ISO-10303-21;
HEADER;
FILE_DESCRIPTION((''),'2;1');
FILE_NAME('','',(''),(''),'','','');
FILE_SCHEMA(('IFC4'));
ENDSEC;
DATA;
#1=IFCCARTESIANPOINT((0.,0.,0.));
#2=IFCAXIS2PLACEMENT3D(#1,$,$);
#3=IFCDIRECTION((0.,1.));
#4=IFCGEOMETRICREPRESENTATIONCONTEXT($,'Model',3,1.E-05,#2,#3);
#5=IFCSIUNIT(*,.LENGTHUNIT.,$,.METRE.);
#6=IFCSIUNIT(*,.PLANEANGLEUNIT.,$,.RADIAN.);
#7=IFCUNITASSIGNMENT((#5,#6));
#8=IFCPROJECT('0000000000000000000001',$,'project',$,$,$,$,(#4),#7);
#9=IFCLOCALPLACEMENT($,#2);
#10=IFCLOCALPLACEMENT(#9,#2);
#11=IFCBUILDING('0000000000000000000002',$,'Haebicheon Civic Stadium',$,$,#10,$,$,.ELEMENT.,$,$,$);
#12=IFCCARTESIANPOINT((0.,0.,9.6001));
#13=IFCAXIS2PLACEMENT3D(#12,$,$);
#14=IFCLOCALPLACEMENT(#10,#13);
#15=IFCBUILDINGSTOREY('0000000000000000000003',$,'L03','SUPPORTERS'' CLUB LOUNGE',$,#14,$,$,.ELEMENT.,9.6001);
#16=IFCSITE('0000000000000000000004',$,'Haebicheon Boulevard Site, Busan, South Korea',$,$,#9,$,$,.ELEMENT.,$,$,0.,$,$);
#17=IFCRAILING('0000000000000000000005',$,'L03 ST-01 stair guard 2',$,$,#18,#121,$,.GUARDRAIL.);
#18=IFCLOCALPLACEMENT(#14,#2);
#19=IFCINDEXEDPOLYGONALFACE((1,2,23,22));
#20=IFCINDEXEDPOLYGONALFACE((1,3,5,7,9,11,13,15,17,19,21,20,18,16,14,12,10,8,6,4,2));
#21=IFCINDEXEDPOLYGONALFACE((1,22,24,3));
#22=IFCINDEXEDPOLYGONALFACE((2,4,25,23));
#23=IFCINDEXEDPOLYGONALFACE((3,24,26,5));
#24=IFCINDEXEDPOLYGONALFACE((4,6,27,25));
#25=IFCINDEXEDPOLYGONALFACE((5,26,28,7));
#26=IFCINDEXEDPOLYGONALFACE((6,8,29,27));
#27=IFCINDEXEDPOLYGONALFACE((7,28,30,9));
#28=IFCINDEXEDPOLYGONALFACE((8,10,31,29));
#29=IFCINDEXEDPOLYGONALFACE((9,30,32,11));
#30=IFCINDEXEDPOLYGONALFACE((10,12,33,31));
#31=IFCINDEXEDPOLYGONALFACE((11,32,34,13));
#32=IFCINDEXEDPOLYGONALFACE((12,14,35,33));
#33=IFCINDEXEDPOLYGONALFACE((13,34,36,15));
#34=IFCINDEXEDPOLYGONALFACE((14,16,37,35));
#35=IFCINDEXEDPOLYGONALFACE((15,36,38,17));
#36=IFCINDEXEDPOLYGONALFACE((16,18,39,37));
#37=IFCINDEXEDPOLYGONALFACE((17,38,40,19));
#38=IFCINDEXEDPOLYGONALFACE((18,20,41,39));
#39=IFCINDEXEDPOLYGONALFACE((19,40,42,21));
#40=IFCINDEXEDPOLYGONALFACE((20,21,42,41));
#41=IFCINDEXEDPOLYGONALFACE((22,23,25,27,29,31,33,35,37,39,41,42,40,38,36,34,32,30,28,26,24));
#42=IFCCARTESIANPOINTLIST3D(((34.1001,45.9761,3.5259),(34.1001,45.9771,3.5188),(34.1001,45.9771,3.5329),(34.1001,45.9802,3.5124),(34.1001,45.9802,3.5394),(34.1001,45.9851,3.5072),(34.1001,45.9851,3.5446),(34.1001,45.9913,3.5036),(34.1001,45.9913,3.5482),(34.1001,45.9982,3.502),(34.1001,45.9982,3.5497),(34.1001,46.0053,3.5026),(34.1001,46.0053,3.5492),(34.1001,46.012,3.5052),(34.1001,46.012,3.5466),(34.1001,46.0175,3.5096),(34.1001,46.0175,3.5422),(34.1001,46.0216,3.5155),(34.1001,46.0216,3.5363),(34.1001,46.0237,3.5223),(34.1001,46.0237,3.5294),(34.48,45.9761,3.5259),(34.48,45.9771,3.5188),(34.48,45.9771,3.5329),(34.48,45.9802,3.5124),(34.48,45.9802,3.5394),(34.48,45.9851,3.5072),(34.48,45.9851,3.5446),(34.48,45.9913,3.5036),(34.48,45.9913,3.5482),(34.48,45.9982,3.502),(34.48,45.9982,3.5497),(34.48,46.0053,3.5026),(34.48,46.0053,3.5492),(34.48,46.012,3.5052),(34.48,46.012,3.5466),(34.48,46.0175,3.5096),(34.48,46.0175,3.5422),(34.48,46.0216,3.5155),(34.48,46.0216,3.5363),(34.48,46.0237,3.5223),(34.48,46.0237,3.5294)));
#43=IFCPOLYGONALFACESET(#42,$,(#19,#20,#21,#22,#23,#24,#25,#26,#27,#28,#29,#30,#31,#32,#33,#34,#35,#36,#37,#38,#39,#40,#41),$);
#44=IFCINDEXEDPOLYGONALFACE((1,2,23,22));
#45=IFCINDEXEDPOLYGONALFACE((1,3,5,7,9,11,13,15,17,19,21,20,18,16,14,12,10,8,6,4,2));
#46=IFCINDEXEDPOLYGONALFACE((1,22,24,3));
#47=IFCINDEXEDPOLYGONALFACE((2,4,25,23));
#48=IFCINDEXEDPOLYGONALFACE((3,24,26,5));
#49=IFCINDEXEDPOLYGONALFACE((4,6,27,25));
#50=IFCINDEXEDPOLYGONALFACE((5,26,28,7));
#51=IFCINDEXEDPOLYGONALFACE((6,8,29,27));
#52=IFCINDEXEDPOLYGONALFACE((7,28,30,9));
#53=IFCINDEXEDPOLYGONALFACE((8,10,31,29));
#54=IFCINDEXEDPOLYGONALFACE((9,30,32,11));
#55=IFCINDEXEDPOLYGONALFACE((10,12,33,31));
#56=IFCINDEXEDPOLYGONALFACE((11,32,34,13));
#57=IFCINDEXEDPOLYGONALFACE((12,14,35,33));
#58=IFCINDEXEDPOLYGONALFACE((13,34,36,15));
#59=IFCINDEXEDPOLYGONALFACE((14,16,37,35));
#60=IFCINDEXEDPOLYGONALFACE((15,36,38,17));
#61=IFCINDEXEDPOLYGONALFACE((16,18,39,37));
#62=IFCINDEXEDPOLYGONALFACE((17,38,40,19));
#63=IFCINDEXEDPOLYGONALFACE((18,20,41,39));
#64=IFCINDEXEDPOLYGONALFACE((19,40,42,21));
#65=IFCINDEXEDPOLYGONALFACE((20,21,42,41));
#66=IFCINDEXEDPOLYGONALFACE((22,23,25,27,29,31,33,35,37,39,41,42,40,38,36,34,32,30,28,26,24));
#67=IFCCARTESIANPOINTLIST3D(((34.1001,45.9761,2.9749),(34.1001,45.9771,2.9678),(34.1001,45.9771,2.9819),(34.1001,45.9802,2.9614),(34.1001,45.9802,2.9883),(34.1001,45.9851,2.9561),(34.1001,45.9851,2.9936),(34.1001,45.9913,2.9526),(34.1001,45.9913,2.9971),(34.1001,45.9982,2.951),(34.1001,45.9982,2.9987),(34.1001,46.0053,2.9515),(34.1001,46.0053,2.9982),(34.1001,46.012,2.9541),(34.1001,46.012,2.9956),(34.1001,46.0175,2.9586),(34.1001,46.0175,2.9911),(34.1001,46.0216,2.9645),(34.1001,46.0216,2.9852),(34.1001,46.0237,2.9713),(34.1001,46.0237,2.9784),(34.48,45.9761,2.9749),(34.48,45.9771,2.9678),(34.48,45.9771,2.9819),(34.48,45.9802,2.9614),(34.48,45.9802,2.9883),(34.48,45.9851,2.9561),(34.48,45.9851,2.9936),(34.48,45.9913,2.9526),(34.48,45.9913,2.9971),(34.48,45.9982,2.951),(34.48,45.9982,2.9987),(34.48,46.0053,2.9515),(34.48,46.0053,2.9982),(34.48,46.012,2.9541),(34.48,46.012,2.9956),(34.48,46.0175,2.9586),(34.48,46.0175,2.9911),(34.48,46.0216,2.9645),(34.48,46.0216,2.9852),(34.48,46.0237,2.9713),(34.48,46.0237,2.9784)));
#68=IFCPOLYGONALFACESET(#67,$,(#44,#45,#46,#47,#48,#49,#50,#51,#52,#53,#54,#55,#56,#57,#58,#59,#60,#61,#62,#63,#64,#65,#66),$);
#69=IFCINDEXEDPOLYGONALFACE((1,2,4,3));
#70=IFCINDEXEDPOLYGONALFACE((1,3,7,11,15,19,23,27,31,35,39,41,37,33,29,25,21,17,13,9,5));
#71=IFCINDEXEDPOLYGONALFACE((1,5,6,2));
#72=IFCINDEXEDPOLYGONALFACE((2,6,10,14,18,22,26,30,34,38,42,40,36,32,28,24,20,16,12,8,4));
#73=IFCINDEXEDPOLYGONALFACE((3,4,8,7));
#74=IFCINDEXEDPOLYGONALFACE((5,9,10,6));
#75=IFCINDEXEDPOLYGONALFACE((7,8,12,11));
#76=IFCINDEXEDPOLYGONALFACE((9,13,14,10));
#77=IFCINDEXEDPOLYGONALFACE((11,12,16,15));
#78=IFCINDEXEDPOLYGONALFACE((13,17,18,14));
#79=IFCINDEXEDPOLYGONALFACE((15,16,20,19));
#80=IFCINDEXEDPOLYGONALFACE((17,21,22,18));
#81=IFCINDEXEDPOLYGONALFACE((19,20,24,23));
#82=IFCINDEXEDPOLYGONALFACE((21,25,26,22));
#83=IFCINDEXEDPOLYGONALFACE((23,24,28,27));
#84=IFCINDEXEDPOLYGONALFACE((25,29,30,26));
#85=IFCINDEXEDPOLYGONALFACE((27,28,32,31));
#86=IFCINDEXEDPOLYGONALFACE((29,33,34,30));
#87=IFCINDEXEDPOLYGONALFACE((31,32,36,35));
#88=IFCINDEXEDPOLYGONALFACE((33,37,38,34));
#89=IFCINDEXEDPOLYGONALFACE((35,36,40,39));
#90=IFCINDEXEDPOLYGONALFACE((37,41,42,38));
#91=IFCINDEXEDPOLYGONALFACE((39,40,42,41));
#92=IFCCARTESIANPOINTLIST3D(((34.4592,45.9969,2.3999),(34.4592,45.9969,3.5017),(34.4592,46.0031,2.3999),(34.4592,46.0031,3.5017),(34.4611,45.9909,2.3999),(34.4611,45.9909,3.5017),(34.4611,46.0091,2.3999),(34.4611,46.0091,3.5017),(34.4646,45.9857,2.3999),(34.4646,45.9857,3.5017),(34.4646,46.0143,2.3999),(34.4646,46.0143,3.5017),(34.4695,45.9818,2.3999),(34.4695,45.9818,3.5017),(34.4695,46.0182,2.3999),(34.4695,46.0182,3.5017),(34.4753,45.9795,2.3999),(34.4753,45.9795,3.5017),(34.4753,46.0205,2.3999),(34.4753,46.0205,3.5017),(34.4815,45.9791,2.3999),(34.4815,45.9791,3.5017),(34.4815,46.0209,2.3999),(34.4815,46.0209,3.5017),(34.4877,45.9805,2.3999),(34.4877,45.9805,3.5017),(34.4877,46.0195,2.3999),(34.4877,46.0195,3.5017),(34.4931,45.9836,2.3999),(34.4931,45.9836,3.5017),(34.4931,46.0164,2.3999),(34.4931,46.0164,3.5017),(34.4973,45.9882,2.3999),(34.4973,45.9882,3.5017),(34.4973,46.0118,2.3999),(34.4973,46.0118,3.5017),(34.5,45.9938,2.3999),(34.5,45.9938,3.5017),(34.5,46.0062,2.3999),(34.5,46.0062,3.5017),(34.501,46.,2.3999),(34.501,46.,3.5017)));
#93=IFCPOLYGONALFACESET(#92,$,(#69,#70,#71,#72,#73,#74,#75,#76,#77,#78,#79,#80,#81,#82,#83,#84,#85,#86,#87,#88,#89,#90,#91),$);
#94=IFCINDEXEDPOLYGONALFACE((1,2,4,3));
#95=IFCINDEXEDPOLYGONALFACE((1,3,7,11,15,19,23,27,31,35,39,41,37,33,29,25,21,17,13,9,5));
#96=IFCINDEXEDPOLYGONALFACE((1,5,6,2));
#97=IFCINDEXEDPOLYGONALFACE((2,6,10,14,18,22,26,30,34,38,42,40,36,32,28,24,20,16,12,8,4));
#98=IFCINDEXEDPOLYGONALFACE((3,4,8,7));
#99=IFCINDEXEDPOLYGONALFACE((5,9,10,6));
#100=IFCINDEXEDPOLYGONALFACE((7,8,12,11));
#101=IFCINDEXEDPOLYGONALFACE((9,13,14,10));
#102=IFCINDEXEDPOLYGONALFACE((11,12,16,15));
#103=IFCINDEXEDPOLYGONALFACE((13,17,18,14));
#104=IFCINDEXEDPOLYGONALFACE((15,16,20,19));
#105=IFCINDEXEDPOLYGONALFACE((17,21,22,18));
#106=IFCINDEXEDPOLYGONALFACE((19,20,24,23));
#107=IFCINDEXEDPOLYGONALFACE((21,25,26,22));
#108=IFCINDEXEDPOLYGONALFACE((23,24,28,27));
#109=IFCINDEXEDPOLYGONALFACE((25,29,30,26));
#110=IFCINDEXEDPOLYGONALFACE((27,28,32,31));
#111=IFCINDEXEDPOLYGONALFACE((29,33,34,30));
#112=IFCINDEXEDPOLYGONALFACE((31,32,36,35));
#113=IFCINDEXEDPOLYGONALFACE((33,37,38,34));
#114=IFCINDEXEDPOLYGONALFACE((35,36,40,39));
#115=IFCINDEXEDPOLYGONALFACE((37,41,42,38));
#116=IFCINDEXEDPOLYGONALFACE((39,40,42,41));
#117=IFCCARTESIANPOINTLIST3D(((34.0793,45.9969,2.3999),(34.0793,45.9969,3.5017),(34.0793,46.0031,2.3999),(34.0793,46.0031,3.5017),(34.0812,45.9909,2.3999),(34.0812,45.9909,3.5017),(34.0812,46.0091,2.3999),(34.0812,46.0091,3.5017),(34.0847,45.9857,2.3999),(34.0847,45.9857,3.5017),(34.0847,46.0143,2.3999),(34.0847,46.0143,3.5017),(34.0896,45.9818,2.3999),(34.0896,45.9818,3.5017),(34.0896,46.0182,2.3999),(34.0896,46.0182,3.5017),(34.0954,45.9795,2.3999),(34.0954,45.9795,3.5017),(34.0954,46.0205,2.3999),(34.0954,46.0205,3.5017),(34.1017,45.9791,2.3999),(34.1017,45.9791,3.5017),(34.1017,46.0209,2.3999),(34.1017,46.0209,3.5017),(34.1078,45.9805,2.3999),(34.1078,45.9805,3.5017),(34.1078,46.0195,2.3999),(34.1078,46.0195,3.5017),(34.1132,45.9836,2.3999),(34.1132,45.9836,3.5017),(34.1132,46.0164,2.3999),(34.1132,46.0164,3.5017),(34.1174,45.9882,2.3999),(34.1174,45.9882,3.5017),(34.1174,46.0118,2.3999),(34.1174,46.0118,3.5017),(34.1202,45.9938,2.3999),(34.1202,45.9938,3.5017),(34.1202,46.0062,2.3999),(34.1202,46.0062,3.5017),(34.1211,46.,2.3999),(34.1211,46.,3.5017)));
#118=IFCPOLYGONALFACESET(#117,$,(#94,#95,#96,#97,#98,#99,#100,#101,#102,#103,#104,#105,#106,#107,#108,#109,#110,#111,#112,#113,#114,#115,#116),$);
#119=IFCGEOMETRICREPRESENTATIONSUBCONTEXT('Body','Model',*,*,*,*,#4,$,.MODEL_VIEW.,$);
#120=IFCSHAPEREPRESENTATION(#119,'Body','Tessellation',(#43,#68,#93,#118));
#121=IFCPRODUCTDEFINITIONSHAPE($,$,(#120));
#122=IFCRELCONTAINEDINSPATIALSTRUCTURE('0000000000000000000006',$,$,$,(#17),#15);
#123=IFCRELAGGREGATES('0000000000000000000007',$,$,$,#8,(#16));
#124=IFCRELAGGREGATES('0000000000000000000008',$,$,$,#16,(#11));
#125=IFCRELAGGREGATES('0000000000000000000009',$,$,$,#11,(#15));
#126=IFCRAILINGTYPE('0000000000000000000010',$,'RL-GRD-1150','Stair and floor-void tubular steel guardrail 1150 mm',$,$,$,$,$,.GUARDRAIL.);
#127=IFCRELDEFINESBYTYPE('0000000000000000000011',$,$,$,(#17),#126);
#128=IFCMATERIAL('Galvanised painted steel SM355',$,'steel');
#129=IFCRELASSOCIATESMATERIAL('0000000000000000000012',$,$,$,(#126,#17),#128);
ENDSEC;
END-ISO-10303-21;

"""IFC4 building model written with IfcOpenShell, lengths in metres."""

from ifc_helpers import new_model, si_unit, direction, frame, origin, origin_2d, place, context, subcontext, project, spatial, circle, extrude, material, type_object, element, save


model = new_model("IFC4")

# Units and contexts
model_context = context("Model", 3, precision=1e-05, world=origin(), true_north=direction((0.0, 1.0)))
body_context = subcontext(model_context, "Body", "Model", "MODEL_VIEW")
ifc_project = project(units=[si_unit("LENGTHUNIT", "METRE"), si_unit("PLANEANGLEUNIT", "RADIAN")], contexts=[model_context])

# Site, building, storey
site_placement = place(None, origin())
site = spatial("IfcSite", under=ifc_project, at=site_placement, Name="Haebicheon Boulevard Site, Busan, South Korea", CompositionType="ELEMENT", RefElevation=0.0)
building_placement = place(site_placement, origin())
building = spatial("IfcBuilding", under=site, at=building_placement, Name="Haebicheon Civic Stadium", CompositionType="ELEMENT")
storey_placement = place(building_placement, frame((0.0, 0.0, 9.6001)))
storey = spatial("IfcBuildingStorey", under=building, at=storey_placement, Name="L03", Description="SUPPORTERS' CLUB LOUNGE", CompositionType="ELEMENT", Elevation=9.6001)

# Railing
ifc_material_1 = material(Name="Galvanised painted steel SM355", Category="steel")
railing_type_1 = type_object("IfcRailingType", Name="RL-GRD-1150", Description="Stair and floor-void tubular steel guardrail 1150 mm", PredefinedType="GUARDRAIL", material=ifc_material_1)
railing_1_placement = place(storey_placement, frame((34.48, 46.0, 2.3999)))
element("IfcRailing", 1, at=railing_1_placement, inside=storey, type_object=railing_type_1, material=ifc_material_1, Name="L03 ST-01 stair guard 2", PredefinedType="GUARDRAIL", context=body_context, shape_type="SweptSolid", body=[
    extrude(circle(Radius=0.0239, at=origin_2d()), frame((0.0, 0.0, 1.126), z_axis=(-1.0, 0.0, 0.0), x_axis=(0.0, -1.0, 0.0)), (0.0, 0.0, 1.0), 0.3799),
    extrude(circle(Radius=0.0239, at=origin_2d()), frame((0.0, 0.0, 0.575), z_axis=(-1.0, 0.0, 0.0), x_axis=(0.0, -1.0, 0.0)), (0.0, 0.0, 1.0), 0.3799),
    extrude(circle(Radius=0.021, at=origin_2d()), origin(), (0.0, 0.0, 1.0), 1.1018),
    extrude(circle(Radius=0.021, at=origin_2d()), frame((-0.3799, 0.0, 0.0)), (0.0, 0.0, 1.0), 1.1018),
])

save(model, "model.ifc")
